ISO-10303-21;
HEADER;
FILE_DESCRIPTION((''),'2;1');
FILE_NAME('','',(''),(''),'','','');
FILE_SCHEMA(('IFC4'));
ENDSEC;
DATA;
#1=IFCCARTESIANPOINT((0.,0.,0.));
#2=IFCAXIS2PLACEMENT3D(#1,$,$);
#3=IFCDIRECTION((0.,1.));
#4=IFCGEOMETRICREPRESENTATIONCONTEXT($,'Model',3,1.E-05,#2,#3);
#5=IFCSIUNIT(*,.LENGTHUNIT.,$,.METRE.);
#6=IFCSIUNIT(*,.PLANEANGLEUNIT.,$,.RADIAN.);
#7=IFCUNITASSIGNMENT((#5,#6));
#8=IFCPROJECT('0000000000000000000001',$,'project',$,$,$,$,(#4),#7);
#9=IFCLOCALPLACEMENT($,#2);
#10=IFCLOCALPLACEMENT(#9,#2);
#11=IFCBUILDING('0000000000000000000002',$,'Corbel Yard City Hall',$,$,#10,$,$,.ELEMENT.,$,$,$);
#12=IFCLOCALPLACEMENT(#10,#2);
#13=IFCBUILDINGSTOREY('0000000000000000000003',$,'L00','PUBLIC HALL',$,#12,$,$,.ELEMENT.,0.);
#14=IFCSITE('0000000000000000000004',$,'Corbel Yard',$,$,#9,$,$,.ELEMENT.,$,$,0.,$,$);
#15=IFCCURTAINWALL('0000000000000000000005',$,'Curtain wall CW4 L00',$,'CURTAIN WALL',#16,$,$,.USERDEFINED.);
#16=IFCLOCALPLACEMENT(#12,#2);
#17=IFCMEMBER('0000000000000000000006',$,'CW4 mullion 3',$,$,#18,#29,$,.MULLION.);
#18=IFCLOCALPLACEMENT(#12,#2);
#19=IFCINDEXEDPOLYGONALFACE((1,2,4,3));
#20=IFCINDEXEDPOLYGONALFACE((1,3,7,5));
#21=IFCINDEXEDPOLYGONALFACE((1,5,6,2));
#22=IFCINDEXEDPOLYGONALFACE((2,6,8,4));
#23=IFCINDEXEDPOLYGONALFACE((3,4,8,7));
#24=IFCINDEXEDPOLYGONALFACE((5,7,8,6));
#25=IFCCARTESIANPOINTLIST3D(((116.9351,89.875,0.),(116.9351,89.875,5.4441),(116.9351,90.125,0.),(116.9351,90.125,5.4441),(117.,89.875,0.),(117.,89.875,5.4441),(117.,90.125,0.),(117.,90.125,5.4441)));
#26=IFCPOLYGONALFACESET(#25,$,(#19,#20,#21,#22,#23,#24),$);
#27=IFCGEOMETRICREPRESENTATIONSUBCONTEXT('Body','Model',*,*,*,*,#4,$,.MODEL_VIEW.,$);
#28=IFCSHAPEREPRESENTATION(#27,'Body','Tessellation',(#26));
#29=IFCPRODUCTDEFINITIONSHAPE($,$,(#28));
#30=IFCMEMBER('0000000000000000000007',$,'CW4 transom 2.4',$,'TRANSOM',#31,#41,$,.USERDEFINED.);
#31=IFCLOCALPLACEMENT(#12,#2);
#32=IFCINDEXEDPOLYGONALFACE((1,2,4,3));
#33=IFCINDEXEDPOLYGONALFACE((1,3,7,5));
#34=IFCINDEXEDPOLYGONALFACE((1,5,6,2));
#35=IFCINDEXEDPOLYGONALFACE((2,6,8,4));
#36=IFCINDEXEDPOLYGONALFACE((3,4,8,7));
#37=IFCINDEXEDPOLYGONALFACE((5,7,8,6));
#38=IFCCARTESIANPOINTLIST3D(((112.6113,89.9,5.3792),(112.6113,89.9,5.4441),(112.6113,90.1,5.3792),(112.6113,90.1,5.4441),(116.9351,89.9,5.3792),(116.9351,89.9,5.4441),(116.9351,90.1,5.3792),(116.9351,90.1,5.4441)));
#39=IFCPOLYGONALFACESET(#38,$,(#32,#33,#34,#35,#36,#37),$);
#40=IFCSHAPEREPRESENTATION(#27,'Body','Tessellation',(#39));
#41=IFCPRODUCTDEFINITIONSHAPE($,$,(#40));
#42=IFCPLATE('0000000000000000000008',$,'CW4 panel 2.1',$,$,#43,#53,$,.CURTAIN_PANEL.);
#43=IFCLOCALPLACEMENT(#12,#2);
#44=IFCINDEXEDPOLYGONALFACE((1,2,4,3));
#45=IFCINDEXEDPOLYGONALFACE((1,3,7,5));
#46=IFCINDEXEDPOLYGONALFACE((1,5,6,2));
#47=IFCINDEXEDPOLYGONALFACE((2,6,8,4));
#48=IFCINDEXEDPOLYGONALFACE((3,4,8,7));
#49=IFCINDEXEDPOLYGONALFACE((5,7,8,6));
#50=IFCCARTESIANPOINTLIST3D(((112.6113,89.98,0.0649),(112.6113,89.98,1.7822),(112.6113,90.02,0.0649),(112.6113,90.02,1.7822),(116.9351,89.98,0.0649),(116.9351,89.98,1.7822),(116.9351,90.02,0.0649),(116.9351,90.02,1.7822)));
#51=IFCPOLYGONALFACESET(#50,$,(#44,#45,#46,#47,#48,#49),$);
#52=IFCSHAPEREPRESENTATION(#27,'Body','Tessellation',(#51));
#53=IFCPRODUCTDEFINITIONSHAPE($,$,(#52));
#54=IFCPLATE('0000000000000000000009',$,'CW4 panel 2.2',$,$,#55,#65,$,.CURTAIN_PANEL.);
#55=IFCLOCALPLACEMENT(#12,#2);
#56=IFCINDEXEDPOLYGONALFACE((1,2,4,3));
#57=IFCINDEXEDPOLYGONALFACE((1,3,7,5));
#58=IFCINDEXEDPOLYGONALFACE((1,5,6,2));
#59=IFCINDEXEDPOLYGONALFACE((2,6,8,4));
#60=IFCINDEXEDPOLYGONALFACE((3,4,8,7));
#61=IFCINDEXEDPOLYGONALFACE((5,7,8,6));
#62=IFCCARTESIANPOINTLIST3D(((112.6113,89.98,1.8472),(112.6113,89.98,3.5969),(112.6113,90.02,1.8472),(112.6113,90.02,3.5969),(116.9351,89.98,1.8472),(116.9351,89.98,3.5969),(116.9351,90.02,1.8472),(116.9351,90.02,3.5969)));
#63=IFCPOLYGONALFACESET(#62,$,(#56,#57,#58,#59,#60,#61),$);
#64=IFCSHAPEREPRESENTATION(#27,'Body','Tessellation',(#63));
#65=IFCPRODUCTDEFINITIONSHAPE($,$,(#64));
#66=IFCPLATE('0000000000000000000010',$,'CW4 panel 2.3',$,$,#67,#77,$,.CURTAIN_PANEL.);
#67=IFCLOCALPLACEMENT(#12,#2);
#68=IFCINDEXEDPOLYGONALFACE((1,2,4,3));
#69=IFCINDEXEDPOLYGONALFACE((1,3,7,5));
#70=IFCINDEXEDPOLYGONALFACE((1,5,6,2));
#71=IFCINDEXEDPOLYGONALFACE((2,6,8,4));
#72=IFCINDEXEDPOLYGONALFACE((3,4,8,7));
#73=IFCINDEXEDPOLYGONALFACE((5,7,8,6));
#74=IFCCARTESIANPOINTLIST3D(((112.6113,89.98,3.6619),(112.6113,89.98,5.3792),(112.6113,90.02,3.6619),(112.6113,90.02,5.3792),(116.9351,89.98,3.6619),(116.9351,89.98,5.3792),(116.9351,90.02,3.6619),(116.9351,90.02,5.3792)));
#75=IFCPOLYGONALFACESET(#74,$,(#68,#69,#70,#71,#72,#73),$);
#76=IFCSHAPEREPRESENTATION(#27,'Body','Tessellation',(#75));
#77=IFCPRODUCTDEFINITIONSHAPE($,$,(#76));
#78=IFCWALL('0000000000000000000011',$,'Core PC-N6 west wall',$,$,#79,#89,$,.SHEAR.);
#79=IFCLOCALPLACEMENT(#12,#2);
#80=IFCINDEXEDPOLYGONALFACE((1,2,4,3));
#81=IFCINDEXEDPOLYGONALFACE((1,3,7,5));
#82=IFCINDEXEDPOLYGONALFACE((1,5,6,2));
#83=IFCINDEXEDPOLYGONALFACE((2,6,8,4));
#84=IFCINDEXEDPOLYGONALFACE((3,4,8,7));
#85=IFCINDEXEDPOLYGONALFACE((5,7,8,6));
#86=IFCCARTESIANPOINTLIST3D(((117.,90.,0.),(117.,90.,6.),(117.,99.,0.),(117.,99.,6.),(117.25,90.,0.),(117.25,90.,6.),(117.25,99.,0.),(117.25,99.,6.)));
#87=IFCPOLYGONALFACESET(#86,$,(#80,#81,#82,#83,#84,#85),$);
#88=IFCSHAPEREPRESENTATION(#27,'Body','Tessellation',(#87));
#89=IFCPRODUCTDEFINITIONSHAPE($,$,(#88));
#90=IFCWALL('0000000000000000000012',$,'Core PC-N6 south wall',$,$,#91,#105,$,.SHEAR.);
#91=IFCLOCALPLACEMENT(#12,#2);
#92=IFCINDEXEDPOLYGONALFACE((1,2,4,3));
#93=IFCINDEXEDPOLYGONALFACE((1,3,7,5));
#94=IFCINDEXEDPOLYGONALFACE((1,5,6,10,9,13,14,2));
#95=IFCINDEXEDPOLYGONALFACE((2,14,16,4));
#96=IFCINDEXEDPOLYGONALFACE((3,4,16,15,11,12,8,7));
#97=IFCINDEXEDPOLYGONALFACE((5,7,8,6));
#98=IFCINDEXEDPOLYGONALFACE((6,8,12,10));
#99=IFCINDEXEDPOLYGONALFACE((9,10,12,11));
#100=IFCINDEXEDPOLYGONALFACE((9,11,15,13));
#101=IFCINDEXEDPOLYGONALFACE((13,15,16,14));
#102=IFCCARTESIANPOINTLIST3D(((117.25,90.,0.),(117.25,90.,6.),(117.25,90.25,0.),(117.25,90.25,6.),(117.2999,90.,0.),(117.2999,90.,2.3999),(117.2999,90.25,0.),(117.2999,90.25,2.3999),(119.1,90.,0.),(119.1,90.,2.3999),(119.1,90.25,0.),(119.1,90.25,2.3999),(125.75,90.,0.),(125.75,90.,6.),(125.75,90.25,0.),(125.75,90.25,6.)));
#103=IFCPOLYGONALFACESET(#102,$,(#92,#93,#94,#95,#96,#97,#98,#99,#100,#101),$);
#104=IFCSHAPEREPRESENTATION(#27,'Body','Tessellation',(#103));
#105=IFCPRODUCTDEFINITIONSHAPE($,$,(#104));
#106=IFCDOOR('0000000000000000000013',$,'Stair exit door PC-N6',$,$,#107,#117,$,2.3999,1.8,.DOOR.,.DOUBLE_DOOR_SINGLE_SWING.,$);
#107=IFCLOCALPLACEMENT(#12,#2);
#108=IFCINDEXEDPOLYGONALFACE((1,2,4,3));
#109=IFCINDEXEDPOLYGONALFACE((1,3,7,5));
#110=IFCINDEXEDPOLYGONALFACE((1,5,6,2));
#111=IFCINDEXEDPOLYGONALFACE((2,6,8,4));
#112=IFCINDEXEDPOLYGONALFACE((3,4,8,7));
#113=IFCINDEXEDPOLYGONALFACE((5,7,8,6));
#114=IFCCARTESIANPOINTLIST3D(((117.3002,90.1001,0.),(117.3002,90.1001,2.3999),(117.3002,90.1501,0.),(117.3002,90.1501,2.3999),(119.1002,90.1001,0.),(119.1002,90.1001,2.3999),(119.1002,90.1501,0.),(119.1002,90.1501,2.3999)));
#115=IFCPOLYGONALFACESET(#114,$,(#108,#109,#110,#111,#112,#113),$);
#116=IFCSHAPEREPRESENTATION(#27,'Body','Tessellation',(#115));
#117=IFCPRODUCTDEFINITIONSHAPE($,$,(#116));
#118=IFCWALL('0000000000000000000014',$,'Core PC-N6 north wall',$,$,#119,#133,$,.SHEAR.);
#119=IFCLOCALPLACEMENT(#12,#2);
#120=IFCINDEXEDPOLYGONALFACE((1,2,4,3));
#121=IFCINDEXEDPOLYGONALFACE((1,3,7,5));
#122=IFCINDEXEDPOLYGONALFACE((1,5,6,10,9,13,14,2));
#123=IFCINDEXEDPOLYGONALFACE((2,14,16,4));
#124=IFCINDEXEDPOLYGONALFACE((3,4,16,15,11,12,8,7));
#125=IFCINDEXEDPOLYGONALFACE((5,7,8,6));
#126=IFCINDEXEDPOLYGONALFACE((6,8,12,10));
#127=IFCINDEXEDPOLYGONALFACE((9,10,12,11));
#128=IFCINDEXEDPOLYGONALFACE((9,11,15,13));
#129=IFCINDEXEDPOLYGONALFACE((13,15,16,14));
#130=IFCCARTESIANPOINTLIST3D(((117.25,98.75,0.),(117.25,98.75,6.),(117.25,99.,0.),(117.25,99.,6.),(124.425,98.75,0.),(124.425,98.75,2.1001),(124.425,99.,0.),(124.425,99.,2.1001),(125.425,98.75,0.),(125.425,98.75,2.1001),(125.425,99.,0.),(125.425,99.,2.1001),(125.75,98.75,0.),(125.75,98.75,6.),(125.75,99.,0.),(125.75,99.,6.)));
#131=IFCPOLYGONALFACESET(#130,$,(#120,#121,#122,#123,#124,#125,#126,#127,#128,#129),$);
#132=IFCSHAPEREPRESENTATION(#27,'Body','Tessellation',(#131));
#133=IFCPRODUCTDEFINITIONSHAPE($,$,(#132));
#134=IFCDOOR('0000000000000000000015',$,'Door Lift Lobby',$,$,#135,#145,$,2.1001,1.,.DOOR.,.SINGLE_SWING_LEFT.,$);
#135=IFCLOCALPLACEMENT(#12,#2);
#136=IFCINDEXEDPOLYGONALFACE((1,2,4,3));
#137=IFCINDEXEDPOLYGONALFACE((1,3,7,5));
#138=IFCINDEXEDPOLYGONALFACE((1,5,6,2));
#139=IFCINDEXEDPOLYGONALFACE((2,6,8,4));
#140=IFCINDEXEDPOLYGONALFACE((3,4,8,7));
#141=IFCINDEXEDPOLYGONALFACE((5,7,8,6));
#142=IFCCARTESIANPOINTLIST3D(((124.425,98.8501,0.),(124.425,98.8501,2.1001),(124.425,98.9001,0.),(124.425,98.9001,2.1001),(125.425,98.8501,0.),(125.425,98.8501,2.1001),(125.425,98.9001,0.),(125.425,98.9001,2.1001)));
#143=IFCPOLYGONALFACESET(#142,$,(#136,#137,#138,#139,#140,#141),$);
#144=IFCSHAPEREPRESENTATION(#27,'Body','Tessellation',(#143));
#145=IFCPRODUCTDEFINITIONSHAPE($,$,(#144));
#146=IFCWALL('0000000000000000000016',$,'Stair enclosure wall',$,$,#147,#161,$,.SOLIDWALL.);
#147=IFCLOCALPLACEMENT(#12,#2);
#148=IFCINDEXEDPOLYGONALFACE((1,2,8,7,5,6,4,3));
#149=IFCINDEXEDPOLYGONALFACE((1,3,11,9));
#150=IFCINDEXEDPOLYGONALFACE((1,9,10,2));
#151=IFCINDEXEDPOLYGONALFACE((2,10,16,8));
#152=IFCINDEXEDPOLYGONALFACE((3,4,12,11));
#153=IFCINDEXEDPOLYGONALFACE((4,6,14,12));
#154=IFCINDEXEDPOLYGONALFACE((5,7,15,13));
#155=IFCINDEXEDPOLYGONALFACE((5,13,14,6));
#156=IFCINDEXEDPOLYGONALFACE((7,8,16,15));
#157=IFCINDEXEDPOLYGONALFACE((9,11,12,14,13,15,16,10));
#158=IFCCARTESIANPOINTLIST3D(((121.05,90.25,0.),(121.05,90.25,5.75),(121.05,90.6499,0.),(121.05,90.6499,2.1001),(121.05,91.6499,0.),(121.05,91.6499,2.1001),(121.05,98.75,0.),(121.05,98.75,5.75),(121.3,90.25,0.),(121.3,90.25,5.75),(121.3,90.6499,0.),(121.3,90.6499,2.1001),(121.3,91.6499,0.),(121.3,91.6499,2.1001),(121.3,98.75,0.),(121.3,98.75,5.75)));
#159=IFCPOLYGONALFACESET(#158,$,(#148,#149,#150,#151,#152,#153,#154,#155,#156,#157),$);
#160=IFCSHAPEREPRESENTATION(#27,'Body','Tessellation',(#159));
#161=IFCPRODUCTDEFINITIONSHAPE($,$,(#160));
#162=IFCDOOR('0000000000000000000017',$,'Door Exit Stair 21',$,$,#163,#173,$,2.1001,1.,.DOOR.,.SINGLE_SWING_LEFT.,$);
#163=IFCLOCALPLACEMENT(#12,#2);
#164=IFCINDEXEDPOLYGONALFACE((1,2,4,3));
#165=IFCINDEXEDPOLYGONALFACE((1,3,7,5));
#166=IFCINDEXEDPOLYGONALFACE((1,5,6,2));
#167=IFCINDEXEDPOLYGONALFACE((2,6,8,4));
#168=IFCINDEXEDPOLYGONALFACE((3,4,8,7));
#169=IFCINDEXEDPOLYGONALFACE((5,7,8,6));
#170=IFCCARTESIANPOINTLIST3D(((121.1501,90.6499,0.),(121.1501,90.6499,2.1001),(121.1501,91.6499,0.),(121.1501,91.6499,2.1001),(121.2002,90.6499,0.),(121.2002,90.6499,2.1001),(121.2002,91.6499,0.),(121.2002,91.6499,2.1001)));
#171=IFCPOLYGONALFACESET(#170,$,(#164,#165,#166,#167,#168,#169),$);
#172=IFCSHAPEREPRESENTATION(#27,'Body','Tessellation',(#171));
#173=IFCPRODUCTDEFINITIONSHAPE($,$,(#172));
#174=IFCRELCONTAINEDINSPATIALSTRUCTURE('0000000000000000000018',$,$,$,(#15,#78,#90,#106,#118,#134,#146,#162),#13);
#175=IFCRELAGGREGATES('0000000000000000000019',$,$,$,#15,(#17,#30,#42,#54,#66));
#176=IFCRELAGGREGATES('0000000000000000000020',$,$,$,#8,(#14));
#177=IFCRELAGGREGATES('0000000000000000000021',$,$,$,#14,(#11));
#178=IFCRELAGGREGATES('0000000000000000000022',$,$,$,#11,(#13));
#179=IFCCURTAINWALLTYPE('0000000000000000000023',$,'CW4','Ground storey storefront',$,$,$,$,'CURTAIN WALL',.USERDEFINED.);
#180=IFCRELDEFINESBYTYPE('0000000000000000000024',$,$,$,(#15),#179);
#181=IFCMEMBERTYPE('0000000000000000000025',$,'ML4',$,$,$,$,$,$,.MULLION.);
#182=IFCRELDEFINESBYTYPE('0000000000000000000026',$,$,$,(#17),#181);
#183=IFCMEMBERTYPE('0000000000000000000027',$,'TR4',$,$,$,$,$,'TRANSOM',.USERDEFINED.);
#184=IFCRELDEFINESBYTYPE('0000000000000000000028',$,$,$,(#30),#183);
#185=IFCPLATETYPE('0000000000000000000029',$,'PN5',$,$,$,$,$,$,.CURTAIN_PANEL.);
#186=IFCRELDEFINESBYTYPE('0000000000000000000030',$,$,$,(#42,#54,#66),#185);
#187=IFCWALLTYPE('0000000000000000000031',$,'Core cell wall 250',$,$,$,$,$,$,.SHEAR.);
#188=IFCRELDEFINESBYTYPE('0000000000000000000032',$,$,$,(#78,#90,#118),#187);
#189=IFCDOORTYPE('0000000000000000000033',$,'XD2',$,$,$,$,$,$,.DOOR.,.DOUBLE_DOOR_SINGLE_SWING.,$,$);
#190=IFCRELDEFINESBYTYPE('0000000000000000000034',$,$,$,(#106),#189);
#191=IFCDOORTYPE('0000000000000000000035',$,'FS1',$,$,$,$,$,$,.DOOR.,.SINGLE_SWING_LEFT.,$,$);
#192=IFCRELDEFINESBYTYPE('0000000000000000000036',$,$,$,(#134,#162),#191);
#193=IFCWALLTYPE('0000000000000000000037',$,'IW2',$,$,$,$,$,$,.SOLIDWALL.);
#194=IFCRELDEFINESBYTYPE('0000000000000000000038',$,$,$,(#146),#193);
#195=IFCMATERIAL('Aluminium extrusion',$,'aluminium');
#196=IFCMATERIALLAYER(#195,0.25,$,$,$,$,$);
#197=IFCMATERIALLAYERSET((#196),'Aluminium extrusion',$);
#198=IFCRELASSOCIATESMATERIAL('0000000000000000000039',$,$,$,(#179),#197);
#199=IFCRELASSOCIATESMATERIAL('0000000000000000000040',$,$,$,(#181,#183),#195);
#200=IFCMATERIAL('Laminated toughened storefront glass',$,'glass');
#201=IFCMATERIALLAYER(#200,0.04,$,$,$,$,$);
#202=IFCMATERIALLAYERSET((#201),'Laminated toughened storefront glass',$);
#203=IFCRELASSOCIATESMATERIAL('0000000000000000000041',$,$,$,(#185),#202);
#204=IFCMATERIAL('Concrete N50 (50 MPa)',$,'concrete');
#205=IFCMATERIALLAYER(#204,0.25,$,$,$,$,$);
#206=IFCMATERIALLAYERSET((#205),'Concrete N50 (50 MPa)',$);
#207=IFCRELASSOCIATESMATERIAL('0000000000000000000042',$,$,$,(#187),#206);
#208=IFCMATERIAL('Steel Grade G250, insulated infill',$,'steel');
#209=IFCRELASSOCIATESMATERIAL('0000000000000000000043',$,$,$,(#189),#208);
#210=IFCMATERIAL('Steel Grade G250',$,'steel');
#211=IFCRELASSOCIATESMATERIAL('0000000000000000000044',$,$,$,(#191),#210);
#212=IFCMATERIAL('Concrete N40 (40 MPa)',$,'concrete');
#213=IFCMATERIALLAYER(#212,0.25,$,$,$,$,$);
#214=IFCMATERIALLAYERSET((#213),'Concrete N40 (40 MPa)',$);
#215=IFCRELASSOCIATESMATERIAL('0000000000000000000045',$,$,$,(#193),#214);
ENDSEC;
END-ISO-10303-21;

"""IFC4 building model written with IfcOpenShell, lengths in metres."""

from ifc_helpers import new_model, si_unit, direction, frame, frame_2d, origin, origin_2d, place, context, subcontext, project, spatial, rectangle, extrude, material, layer, layer_set, material_profile, profile_set, type_object, element, fill, aggregate, save


model = new_model("IFC4")

# Units and contexts
model_context = context("Model", 3, precision=1e-05, world=origin(), true_north=direction((0.0, 1.0)))
body_context = subcontext(model_context, "Body", "Model", "MODEL_VIEW")
ifc_project = project(units=[si_unit("LENGTHUNIT", "METRE"), si_unit("PLANEANGLEUNIT", "RADIAN")], contexts=[model_context])

# Site, building, storey
site_placement = place(None, origin())
site = spatial("IfcSite", under=ifc_project, at=site_placement, Name="Corbel Yard", CompositionType="ELEMENT", RefElevation=0.0)
building_placement = place(site_placement, origin())
building = spatial("IfcBuilding", under=site, at=building_placement, Name="Corbel Yard City Hall", CompositionType="ELEMENT")
storey_placement = place(building_placement, origin())
storey = spatial("IfcBuildingStorey", under=building, at=storey_placement, Name="L00", Description="PUBLIC HALL", CompositionType="ELEMENT", Elevation=0.0)

# Curtain wall, members, plates
ifc_material_1 = material(Name="Aluminium extrusion", Category="aluminium")
ifc_layer_1 = layer(ifc_material_1, 0.25)
ifc_layer_set_1 = layer_set([ifc_layer_1], Name="Aluminium extrusion")
curtain_wall_type = type_object("IfcCurtainWallType", Name="CW4", Description="Ground storey storefront", ElementType="CURTAIN WALL", PredefinedType="USERDEFINED", material=ifc_layer_set_1)
curtain_wall_placement = place(storey_placement, origin())
curtain_wall = element("IfcCurtainWall", 1, at=curtain_wall_placement, inside=storey, type_object=curtain_wall_type, Name="Curtain wall CW4 L00", ObjectType="CURTAIN WALL", PredefinedType="USERDEFINED")
ifc_material_profile_1 = material_profile(ifc_material_1, rectangle(XDim=0.25, YDim=0.0649, at=origin_2d()), Name="250x65")
ifc_profile_set_1 = profile_set([ifc_material_profile_1], Name="Aluminium extrusion")
member_type_1 = type_object("IfcMemberType", Name="ML4", PredefinedType="MULLION", material=ifc_profile_set_1)
member_1_placement = place(storey_placement, frame((116.9675, 90.0, 0.0), z_axis=(0.0, 0.0, 1.0), x_axis=(0.0, 1.0, 0.0)))
member_1 = element("IfcMember", 2, at=member_1_placement, type_object=member_type_1, Name="CW4 mullion 3", PredefinedType="MULLION", context=body_context, shape_type="SweptSolid", body=[
    extrude(rectangle(XDim=0.25, YDim=0.0649, at=origin_2d()), origin(), (0.0, 0.0, 1.0), 5.4441),
])
ifc_material_profile_2 = material_profile(ifc_material_1, rectangle(XDim=0.2, YDim=0.0649, at=origin_2d()), Name="200x65")
ifc_profile_set_2 = profile_set([ifc_material_profile_2], Name="Aluminium extrusion")
member_type_2 = type_object("IfcMemberType", Name="TR4", ElementType="TRANSOM", PredefinedType="USERDEFINED", material=ifc_profile_set_2)
member_2_placement = place(storey_placement, frame((112.6113, 90.0, 5.4116), z_axis=(1.0, 0.0, 0.0), x_axis=(0.0, 1.0, 0.0)))
member_2 = element("IfcMember", 3, at=member_2_placement, type_object=member_type_2, Name="CW4 transom 2.4", ObjectType="TRANSOM", PredefinedType="USERDEFINED", context=body_context, shape_type="SweptSolid", body=[
    extrude(rectangle(XDim=0.2, YDim=0.0649, at=origin_2d()), origin(), (0.0, 0.0, 1.0), 4.3237),
])
ifc_material_2 = material(Name="Laminated toughened storefront glass", Category="glass")
ifc_layer_2 = layer(ifc_material_2, 0.04)
ifc_layer_set_2 = layer_set([ifc_layer_2], Name="Laminated toughened storefront glass")
plate_type = type_object("IfcPlateType", Name="PN5", PredefinedType="CURTAIN_PANEL", material=ifc_layer_set_2)
plate_1_placement = place(storey_placement, frame((114.7732, 90.0, 0.0649), z_axis=(0.0, 0.0, 1.0), x_axis=(1.0, 0.0, 0.0)))
plate_1 = element("IfcPlate", 4, at=plate_1_placement, type_object=plate_type, Name="CW4 panel 2.1", PredefinedType="CURTAIN_PANEL", context=body_context, shape_type="SweptSolid", body=[
    extrude(rectangle(XDim=4.3237, YDim=0.04, at=origin_2d()), origin(), (0.0, 0.0, 1.0), 1.7173),
])
plate_2_placement = place(storey_placement, frame((114.7732, 90.0, 1.8472), z_axis=(0.0, 0.0, 1.0), x_axis=(1.0, 0.0, 0.0)))
plate_2 = element("IfcPlate", 5, at=plate_2_placement, type_object=plate_type, Name="CW4 panel 2.2", PredefinedType="CURTAIN_PANEL", context=body_context, shape_type="SweptSolid", body=[
    extrude(rectangle(XDim=4.3237, YDim=0.04, at=origin_2d()), origin(), (0.0, 0.0, 1.0), 1.7498),
])
plate_3_placement = place(storey_placement, frame((114.7732, 90.0, 3.6619), z_axis=(0.0, 0.0, 1.0), x_axis=(1.0, 0.0, 0.0)))
plate_3 = element("IfcPlate", 6, at=plate_3_placement, type_object=plate_type, Name="CW4 panel 2.3", PredefinedType="CURTAIN_PANEL", context=body_context, shape_type="SweptSolid", body=[
    extrude(rectangle(XDim=4.3237, YDim=0.04, at=origin_2d()), origin(), (0.0, 0.0, 1.0), 1.7173),
])
aggregate(curtain_wall, [member_1, member_2, plate_1, plate_2, plate_3])

# Wall
ifc_material_3 = material(Name="Concrete N50 (50 MPa)", Category="concrete")
ifc_layer_3 = layer(ifc_material_3, 0.25)
ifc_layer_set_3 = layer_set([ifc_layer_3], Name="Concrete N50 (50 MPa)")
wall_type_1 = type_object("IfcWallType", Name="Core cell wall 250", PredefinedType="SHEAR", material=ifc_layer_set_3)
wall_1_placement = place(storey_placement, frame((117.125, 90.0, 0.0), z_axis=(0.0, 0.0, 1.0), x_axis=(0.0, 1.0, 0.0)))
element("IfcWall", 7, at=wall_1_placement, inside=storey, type_object=wall_type_1, Name="Core PC-N6 west wall", PredefinedType="SHEAR", context=body_context, shape_type="SweptSolid", body=[
    extrude(rectangle(XDim=9.0, YDim=0.25, at=frame_2d((4.5, 0.0))), origin(), (0.0, 0.0, 1.0), 6.0),
])

# Walls, openings, doors
wall_2_placement = place(storey_placement, frame((117.25, 90.125, 0.0), z_axis=(0.0, 0.0, 1.0), x_axis=(1.0, 0.0, 0.0)))
wall_2 = element("IfcWall", 8, at=wall_2_placement, inside=storey, type_object=wall_type_1, Name="Core PC-N6 south wall", PredefinedType="SHEAR", context=body_context, shape_type="SweptSolid", body=[
    extrude(rectangle(XDim=8.5, YDim=0.25, at=frame_2d((4.25, 0.0))), origin(), (0.0, 0.0, 1.0), 6.0),
])
opening_1_placement = place(wall_2_placement, frame((0.05, 0.0, 0.0)))
opening_1 = element("IfcOpeningElement", 9, at=opening_1_placement, cuts=wall_2, PredefinedType="OPENING", context=body_context, shape_type="SweptSolid", body=[
    extrude(rectangle(XDim=1.8, YDim=2.3999, at=frame_2d((0.8999, 1.2))), frame((0.0, 0.135, 0.0), z_axis=(0.0, -1.0, 0.0), x_axis=(1.0, 0.0, 0.0)), (0.0, 0.0, 1.0), 0.27),
])
ifc_material_4 = material(Name="Steel Grade G250, insulated infill", Category="steel")
door_type_1 = type_object("IfcDoorType", Name="XD2", OperationType="DOUBLE_DOOR_SINGLE_SWING", PredefinedType="DOOR", material=ifc_material_4)
door_1_placement = place(opening_1_placement, frame((1.8, 0.0, 0.0), z_axis=(0.0, 0.0, 1.0), x_axis=(-1.0, 0.0, 0.0)))
door_1 = element("IfcDoor", 10, at=door_1_placement, inside=storey, type_object=door_type_1, Name="Stair exit door PC-N6", OperationType="DOUBLE_DOOR_SINGLE_SWING", OverallHeight=2.3999, OverallWidth=1.8, PredefinedType="DOOR", context=body_context, shape_type="SweptSolid", body=[
    extrude(rectangle(XDim=1.8, YDim=2.3999, at=frame_2d((0.8999, 1.2))), frame((0.0, 0.0249, 0.0), z_axis=(0.0, -1.0, 0.0), x_axis=(1.0, 0.0, 0.0)), (0.0, 0.0, 1.0), 0.05),
])
fill(opening_1, door_1)
wall_3_placement = place(storey_placement, frame((117.25, 98.875, 0.0), z_axis=(0.0, 0.0, 1.0), x_axis=(1.0, 0.0, 0.0)))
wall_3 = element("IfcWall", 11, at=wall_3_placement, inside=storey, type_object=wall_type_1, Name="Core PC-N6 north wall", PredefinedType="SHEAR", context=body_context, shape_type="SweptSolid", body=[
    extrude(rectangle(XDim=8.5, YDim=0.25, at=frame_2d((4.25, 0.0))), origin(), (0.0, 0.0, 1.0), 6.0),
])
opening_2_placement = place(wall_3_placement, frame((7.175, 0.0, 0.0)))
opening_2 = element("IfcOpeningElement", 12, at=opening_2_placement, cuts=wall_3, PredefinedType="OPENING", context=body_context, shape_type="SweptSolid", body=[
    extrude(rectangle(XDim=1.0, YDim=2.1001, at=frame_2d((0.5, 1.05))), frame((0.0, 0.135, 0.0), z_axis=(0.0, -1.0, 0.0), x_axis=(1.0, 0.0, 0.0)), (0.0, 0.0, 1.0), 0.27),
])
ifc_material_5 = material(Name="Steel Grade G250", Category="steel")
door_type_2 = type_object("IfcDoorType", Name="FS1", OperationType="SINGLE_SWING_LEFT", PredefinedType="DOOR", material=ifc_material_5)
door_2_placement = place(opening_2_placement, frame((1.0, 0.0, 0.0), z_axis=(0.0, 0.0, 1.0), x_axis=(-1.0, 0.0, 0.0)))
door_2 = element("IfcDoor", 13, at=door_2_placement, inside=storey, type_object=door_type_2, Name="Door Lift Lobby", OperationType="SINGLE_SWING_LEFT", OverallHeight=2.1001, OverallWidth=1.0, PredefinedType="DOOR", context=body_context, shape_type="SweptSolid", body=[
    extrude(rectangle(XDim=1.0, YDim=2.1001, at=frame_2d((0.5, 1.05))), frame((0.0, 0.0249, 0.0), z_axis=(0.0, -1.0, 0.0), x_axis=(1.0, 0.0, 0.0)), (0.0, 0.0, 1.0), 0.05),
])
fill(opening_2, door_2)
ifc_material_6 = material(Name="Concrete N40 (40 MPa)", Category="concrete")
ifc_layer_4 = layer(ifc_material_6, 0.25)
ifc_layer_set_4 = layer_set([ifc_layer_4], Name="Concrete N40 (40 MPa)")
wall_type_2 = type_object("IfcWallType", Name="IW2", PredefinedType="SOLIDWALL", material=ifc_layer_set_4)
wall_4_placement = place(storey_placement, frame((121.175, 90.25, 0.0), z_axis=(0.0, 0.0, 1.0), x_axis=(0.0, 1.0, 0.0)))
wall_4 = element("IfcWall", 14, at=wall_4_placement, inside=storey, type_object=wall_type_2, Name="Stair enclosure wall", PredefinedType="SOLIDWALL", context=body_context, shape_type="SweptSolid", body=[
    extrude(rectangle(XDim=8.5, YDim=0.25, at=frame_2d((4.25, 0.0))), origin(), (0.0, 0.0, 1.0), 5.75),
])
opening_3_placement = place(wall_4_placement, frame((0.3999, 0.0, 0.0)))
opening_3 = element("IfcOpeningElement", 15, at=opening_3_placement, cuts=wall_4, PredefinedType="OPENING", context=body_context, shape_type="SweptSolid", body=[
    extrude(rectangle(XDim=1.0, YDim=2.1001, at=frame_2d((0.5, 1.05))), frame((0.0, 0.135, 0.0), z_axis=(0.0, -1.0, 0.0), x_axis=(1.0, 0.0, 0.0)), (0.0, 0.0, 1.0), 0.27),
])
door_3_placement = place(opening_3_placement, origin())
door_3 = element("IfcDoor", 16, at=door_3_placement, inside=storey, type_object=door_type_2, Name="Door Exit Stair 21", OperationType="SINGLE_SWING_LEFT", OverallHeight=2.1001, OverallWidth=1.0, PredefinedType="DOOR", context=body_context, shape_type="SweptSolid", body=[
    extrude(rectangle(XDim=1.0, YDim=2.1001, at=frame_2d((0.5, 1.05))), frame((0.0, 0.0249, 0.0), z_axis=(0.0, -1.0, 0.0), x_axis=(1.0, 0.0, 0.0)), (0.0, 0.0, 1.0), 0.05),
])
fill(opening_3, door_3)

save(model, "model.ifc")
